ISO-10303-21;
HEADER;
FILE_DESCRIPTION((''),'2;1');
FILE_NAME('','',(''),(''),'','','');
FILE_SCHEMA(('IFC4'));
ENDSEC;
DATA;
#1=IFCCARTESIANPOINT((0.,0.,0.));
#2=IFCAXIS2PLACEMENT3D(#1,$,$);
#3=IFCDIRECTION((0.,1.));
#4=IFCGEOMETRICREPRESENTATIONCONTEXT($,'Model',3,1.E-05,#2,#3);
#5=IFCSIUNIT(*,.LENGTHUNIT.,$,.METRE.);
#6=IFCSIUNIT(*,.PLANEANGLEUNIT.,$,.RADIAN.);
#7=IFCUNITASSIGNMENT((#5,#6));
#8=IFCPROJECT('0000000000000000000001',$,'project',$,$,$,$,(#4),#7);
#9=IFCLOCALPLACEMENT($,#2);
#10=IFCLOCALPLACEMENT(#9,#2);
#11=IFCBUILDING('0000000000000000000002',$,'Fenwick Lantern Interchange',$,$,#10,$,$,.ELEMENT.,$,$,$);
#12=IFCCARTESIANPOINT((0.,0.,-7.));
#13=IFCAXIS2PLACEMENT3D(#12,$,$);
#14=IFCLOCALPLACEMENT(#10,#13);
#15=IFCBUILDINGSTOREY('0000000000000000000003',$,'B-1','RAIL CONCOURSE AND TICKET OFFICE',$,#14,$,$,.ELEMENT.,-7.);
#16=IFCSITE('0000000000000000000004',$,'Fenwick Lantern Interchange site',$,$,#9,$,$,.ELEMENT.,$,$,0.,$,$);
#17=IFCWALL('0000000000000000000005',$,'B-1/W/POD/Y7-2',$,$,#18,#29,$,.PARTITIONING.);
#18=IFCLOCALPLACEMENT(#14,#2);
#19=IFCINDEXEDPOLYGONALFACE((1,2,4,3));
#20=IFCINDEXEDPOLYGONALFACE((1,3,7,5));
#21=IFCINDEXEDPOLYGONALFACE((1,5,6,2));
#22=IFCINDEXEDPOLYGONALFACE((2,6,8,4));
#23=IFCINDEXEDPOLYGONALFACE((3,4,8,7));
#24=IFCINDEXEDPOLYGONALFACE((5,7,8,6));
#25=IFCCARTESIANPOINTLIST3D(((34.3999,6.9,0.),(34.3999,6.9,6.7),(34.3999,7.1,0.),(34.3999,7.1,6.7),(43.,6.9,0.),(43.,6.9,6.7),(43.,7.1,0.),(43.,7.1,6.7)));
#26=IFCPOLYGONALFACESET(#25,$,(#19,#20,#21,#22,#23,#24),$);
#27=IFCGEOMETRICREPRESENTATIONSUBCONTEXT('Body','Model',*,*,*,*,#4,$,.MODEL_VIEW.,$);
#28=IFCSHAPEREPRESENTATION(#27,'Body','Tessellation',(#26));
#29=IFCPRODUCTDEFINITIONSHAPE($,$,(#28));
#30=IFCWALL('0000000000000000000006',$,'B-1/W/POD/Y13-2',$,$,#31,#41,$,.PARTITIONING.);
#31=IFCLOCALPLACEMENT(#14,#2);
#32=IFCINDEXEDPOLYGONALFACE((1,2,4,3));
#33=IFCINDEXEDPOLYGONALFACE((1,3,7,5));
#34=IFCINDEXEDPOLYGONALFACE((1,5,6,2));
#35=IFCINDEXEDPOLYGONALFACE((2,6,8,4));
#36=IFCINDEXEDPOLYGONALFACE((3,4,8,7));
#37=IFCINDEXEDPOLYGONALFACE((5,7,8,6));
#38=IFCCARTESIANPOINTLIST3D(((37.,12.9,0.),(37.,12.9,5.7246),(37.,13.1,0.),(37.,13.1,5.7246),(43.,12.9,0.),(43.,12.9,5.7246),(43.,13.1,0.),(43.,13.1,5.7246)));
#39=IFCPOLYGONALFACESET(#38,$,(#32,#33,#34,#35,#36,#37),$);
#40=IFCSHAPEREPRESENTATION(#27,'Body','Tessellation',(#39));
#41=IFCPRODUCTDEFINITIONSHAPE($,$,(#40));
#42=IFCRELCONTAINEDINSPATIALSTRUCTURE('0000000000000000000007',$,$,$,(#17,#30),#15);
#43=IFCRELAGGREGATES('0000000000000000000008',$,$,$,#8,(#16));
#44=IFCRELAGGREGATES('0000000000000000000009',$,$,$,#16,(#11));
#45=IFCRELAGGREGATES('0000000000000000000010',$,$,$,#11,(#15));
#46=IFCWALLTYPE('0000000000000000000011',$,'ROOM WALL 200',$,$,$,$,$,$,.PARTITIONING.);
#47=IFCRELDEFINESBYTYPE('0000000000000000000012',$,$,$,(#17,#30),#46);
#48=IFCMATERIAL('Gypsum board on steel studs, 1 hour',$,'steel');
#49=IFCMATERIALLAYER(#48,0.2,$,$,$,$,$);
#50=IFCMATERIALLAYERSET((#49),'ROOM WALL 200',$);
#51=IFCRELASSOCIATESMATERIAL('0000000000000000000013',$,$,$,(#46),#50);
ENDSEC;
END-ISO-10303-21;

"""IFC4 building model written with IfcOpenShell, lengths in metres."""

from ifc_helpers import new_model, si_unit, direction, frame, frame_2d, origin, place, context, subcontext, project, spatial, rectangle, extrude, material, layer, layer_set, type_object, element, save


model = new_model("IFC4")

# Units and contexts
model_context = context("Model", 3, precision=1e-05, world=origin(), true_north=direction((0.0, 1.0)))
body_context = subcontext(model_context, "Body", "Model", "MODEL_VIEW")
ifc_project = project(units=[si_unit("LENGTHUNIT", "METRE"), si_unit("PLANEANGLEUNIT", "RADIAN")], contexts=[model_context])

# Site, building, storey
site_placement = place(None, origin())
site = spatial("IfcSite", under=ifc_project, at=site_placement, Name="Fenwick Lantern Interchange site", CompositionType="ELEMENT", RefElevation=0.0)
building_placement = place(site_placement, origin())
building = spatial("IfcBuilding", under=site, at=building_placement, Name="Fenwick Lantern Interchange", CompositionType="ELEMENT")
storey_placement = place(building_placement, frame((0.0, 0.0, -7.0)))
storey = spatial("IfcBuildingStorey", under=building, at=storey_placement, Name="B-1", Description="RAIL CONCOURSE AND TICKET OFFICE", CompositionType="ELEMENT", Elevation=-7.0)

# Walls
ifc_material_1 = material(Name="Gypsum board on steel studs, 1 hour", Category="steel")
ifc_layer = layer(ifc_material_1, 0.2)
ifc_layer_set = layer_set([ifc_layer], Name="ROOM WALL 200")
wall_type = type_object("IfcWallType", Name="ROOM WALL 200", PredefinedType="PARTITIONING", material=ifc_layer_set)
wall_1_placement = place(storey_placement, frame((34.3999, 7.0, 0.0), z_axis=(0.0, 0.0, 1.0), x_axis=(1.0, 0.0, 0.0)))
element("IfcWall", 1, at=wall_1_placement, inside=storey, type_object=wall_type, Name="B-1/W/POD/Y7-2", PredefinedType="PARTITIONING", context=body_context, shape_type="SweptSolid", body=[
    extrude(rectangle(XDim=8.6001, YDim=0.2, at=frame_2d((4.3, 0.0))), origin(), (0.0, 0.0, 1.0), 6.7),
])
wall_2_placement = place(storey_placement, frame((37.0, 13.0, 0.0), z_axis=(0.0, 0.0, 1.0), x_axis=(1.0, 0.0, 0.0)))
element("IfcWall", 2, at=wall_2_placement, inside=storey, type_object=wall_type, Name="B-1/W/POD/Y13-2", PredefinedType="PARTITIONING", context=body_context, shape_type="SweptSolid", body=[
    extrude(rectangle(XDim=6.0, YDim=0.2, at=frame_2d((3.0, 0.0))), origin(), (0.0, 0.0, 1.0), 5.7246),
])

save(model, "model.ifc")
